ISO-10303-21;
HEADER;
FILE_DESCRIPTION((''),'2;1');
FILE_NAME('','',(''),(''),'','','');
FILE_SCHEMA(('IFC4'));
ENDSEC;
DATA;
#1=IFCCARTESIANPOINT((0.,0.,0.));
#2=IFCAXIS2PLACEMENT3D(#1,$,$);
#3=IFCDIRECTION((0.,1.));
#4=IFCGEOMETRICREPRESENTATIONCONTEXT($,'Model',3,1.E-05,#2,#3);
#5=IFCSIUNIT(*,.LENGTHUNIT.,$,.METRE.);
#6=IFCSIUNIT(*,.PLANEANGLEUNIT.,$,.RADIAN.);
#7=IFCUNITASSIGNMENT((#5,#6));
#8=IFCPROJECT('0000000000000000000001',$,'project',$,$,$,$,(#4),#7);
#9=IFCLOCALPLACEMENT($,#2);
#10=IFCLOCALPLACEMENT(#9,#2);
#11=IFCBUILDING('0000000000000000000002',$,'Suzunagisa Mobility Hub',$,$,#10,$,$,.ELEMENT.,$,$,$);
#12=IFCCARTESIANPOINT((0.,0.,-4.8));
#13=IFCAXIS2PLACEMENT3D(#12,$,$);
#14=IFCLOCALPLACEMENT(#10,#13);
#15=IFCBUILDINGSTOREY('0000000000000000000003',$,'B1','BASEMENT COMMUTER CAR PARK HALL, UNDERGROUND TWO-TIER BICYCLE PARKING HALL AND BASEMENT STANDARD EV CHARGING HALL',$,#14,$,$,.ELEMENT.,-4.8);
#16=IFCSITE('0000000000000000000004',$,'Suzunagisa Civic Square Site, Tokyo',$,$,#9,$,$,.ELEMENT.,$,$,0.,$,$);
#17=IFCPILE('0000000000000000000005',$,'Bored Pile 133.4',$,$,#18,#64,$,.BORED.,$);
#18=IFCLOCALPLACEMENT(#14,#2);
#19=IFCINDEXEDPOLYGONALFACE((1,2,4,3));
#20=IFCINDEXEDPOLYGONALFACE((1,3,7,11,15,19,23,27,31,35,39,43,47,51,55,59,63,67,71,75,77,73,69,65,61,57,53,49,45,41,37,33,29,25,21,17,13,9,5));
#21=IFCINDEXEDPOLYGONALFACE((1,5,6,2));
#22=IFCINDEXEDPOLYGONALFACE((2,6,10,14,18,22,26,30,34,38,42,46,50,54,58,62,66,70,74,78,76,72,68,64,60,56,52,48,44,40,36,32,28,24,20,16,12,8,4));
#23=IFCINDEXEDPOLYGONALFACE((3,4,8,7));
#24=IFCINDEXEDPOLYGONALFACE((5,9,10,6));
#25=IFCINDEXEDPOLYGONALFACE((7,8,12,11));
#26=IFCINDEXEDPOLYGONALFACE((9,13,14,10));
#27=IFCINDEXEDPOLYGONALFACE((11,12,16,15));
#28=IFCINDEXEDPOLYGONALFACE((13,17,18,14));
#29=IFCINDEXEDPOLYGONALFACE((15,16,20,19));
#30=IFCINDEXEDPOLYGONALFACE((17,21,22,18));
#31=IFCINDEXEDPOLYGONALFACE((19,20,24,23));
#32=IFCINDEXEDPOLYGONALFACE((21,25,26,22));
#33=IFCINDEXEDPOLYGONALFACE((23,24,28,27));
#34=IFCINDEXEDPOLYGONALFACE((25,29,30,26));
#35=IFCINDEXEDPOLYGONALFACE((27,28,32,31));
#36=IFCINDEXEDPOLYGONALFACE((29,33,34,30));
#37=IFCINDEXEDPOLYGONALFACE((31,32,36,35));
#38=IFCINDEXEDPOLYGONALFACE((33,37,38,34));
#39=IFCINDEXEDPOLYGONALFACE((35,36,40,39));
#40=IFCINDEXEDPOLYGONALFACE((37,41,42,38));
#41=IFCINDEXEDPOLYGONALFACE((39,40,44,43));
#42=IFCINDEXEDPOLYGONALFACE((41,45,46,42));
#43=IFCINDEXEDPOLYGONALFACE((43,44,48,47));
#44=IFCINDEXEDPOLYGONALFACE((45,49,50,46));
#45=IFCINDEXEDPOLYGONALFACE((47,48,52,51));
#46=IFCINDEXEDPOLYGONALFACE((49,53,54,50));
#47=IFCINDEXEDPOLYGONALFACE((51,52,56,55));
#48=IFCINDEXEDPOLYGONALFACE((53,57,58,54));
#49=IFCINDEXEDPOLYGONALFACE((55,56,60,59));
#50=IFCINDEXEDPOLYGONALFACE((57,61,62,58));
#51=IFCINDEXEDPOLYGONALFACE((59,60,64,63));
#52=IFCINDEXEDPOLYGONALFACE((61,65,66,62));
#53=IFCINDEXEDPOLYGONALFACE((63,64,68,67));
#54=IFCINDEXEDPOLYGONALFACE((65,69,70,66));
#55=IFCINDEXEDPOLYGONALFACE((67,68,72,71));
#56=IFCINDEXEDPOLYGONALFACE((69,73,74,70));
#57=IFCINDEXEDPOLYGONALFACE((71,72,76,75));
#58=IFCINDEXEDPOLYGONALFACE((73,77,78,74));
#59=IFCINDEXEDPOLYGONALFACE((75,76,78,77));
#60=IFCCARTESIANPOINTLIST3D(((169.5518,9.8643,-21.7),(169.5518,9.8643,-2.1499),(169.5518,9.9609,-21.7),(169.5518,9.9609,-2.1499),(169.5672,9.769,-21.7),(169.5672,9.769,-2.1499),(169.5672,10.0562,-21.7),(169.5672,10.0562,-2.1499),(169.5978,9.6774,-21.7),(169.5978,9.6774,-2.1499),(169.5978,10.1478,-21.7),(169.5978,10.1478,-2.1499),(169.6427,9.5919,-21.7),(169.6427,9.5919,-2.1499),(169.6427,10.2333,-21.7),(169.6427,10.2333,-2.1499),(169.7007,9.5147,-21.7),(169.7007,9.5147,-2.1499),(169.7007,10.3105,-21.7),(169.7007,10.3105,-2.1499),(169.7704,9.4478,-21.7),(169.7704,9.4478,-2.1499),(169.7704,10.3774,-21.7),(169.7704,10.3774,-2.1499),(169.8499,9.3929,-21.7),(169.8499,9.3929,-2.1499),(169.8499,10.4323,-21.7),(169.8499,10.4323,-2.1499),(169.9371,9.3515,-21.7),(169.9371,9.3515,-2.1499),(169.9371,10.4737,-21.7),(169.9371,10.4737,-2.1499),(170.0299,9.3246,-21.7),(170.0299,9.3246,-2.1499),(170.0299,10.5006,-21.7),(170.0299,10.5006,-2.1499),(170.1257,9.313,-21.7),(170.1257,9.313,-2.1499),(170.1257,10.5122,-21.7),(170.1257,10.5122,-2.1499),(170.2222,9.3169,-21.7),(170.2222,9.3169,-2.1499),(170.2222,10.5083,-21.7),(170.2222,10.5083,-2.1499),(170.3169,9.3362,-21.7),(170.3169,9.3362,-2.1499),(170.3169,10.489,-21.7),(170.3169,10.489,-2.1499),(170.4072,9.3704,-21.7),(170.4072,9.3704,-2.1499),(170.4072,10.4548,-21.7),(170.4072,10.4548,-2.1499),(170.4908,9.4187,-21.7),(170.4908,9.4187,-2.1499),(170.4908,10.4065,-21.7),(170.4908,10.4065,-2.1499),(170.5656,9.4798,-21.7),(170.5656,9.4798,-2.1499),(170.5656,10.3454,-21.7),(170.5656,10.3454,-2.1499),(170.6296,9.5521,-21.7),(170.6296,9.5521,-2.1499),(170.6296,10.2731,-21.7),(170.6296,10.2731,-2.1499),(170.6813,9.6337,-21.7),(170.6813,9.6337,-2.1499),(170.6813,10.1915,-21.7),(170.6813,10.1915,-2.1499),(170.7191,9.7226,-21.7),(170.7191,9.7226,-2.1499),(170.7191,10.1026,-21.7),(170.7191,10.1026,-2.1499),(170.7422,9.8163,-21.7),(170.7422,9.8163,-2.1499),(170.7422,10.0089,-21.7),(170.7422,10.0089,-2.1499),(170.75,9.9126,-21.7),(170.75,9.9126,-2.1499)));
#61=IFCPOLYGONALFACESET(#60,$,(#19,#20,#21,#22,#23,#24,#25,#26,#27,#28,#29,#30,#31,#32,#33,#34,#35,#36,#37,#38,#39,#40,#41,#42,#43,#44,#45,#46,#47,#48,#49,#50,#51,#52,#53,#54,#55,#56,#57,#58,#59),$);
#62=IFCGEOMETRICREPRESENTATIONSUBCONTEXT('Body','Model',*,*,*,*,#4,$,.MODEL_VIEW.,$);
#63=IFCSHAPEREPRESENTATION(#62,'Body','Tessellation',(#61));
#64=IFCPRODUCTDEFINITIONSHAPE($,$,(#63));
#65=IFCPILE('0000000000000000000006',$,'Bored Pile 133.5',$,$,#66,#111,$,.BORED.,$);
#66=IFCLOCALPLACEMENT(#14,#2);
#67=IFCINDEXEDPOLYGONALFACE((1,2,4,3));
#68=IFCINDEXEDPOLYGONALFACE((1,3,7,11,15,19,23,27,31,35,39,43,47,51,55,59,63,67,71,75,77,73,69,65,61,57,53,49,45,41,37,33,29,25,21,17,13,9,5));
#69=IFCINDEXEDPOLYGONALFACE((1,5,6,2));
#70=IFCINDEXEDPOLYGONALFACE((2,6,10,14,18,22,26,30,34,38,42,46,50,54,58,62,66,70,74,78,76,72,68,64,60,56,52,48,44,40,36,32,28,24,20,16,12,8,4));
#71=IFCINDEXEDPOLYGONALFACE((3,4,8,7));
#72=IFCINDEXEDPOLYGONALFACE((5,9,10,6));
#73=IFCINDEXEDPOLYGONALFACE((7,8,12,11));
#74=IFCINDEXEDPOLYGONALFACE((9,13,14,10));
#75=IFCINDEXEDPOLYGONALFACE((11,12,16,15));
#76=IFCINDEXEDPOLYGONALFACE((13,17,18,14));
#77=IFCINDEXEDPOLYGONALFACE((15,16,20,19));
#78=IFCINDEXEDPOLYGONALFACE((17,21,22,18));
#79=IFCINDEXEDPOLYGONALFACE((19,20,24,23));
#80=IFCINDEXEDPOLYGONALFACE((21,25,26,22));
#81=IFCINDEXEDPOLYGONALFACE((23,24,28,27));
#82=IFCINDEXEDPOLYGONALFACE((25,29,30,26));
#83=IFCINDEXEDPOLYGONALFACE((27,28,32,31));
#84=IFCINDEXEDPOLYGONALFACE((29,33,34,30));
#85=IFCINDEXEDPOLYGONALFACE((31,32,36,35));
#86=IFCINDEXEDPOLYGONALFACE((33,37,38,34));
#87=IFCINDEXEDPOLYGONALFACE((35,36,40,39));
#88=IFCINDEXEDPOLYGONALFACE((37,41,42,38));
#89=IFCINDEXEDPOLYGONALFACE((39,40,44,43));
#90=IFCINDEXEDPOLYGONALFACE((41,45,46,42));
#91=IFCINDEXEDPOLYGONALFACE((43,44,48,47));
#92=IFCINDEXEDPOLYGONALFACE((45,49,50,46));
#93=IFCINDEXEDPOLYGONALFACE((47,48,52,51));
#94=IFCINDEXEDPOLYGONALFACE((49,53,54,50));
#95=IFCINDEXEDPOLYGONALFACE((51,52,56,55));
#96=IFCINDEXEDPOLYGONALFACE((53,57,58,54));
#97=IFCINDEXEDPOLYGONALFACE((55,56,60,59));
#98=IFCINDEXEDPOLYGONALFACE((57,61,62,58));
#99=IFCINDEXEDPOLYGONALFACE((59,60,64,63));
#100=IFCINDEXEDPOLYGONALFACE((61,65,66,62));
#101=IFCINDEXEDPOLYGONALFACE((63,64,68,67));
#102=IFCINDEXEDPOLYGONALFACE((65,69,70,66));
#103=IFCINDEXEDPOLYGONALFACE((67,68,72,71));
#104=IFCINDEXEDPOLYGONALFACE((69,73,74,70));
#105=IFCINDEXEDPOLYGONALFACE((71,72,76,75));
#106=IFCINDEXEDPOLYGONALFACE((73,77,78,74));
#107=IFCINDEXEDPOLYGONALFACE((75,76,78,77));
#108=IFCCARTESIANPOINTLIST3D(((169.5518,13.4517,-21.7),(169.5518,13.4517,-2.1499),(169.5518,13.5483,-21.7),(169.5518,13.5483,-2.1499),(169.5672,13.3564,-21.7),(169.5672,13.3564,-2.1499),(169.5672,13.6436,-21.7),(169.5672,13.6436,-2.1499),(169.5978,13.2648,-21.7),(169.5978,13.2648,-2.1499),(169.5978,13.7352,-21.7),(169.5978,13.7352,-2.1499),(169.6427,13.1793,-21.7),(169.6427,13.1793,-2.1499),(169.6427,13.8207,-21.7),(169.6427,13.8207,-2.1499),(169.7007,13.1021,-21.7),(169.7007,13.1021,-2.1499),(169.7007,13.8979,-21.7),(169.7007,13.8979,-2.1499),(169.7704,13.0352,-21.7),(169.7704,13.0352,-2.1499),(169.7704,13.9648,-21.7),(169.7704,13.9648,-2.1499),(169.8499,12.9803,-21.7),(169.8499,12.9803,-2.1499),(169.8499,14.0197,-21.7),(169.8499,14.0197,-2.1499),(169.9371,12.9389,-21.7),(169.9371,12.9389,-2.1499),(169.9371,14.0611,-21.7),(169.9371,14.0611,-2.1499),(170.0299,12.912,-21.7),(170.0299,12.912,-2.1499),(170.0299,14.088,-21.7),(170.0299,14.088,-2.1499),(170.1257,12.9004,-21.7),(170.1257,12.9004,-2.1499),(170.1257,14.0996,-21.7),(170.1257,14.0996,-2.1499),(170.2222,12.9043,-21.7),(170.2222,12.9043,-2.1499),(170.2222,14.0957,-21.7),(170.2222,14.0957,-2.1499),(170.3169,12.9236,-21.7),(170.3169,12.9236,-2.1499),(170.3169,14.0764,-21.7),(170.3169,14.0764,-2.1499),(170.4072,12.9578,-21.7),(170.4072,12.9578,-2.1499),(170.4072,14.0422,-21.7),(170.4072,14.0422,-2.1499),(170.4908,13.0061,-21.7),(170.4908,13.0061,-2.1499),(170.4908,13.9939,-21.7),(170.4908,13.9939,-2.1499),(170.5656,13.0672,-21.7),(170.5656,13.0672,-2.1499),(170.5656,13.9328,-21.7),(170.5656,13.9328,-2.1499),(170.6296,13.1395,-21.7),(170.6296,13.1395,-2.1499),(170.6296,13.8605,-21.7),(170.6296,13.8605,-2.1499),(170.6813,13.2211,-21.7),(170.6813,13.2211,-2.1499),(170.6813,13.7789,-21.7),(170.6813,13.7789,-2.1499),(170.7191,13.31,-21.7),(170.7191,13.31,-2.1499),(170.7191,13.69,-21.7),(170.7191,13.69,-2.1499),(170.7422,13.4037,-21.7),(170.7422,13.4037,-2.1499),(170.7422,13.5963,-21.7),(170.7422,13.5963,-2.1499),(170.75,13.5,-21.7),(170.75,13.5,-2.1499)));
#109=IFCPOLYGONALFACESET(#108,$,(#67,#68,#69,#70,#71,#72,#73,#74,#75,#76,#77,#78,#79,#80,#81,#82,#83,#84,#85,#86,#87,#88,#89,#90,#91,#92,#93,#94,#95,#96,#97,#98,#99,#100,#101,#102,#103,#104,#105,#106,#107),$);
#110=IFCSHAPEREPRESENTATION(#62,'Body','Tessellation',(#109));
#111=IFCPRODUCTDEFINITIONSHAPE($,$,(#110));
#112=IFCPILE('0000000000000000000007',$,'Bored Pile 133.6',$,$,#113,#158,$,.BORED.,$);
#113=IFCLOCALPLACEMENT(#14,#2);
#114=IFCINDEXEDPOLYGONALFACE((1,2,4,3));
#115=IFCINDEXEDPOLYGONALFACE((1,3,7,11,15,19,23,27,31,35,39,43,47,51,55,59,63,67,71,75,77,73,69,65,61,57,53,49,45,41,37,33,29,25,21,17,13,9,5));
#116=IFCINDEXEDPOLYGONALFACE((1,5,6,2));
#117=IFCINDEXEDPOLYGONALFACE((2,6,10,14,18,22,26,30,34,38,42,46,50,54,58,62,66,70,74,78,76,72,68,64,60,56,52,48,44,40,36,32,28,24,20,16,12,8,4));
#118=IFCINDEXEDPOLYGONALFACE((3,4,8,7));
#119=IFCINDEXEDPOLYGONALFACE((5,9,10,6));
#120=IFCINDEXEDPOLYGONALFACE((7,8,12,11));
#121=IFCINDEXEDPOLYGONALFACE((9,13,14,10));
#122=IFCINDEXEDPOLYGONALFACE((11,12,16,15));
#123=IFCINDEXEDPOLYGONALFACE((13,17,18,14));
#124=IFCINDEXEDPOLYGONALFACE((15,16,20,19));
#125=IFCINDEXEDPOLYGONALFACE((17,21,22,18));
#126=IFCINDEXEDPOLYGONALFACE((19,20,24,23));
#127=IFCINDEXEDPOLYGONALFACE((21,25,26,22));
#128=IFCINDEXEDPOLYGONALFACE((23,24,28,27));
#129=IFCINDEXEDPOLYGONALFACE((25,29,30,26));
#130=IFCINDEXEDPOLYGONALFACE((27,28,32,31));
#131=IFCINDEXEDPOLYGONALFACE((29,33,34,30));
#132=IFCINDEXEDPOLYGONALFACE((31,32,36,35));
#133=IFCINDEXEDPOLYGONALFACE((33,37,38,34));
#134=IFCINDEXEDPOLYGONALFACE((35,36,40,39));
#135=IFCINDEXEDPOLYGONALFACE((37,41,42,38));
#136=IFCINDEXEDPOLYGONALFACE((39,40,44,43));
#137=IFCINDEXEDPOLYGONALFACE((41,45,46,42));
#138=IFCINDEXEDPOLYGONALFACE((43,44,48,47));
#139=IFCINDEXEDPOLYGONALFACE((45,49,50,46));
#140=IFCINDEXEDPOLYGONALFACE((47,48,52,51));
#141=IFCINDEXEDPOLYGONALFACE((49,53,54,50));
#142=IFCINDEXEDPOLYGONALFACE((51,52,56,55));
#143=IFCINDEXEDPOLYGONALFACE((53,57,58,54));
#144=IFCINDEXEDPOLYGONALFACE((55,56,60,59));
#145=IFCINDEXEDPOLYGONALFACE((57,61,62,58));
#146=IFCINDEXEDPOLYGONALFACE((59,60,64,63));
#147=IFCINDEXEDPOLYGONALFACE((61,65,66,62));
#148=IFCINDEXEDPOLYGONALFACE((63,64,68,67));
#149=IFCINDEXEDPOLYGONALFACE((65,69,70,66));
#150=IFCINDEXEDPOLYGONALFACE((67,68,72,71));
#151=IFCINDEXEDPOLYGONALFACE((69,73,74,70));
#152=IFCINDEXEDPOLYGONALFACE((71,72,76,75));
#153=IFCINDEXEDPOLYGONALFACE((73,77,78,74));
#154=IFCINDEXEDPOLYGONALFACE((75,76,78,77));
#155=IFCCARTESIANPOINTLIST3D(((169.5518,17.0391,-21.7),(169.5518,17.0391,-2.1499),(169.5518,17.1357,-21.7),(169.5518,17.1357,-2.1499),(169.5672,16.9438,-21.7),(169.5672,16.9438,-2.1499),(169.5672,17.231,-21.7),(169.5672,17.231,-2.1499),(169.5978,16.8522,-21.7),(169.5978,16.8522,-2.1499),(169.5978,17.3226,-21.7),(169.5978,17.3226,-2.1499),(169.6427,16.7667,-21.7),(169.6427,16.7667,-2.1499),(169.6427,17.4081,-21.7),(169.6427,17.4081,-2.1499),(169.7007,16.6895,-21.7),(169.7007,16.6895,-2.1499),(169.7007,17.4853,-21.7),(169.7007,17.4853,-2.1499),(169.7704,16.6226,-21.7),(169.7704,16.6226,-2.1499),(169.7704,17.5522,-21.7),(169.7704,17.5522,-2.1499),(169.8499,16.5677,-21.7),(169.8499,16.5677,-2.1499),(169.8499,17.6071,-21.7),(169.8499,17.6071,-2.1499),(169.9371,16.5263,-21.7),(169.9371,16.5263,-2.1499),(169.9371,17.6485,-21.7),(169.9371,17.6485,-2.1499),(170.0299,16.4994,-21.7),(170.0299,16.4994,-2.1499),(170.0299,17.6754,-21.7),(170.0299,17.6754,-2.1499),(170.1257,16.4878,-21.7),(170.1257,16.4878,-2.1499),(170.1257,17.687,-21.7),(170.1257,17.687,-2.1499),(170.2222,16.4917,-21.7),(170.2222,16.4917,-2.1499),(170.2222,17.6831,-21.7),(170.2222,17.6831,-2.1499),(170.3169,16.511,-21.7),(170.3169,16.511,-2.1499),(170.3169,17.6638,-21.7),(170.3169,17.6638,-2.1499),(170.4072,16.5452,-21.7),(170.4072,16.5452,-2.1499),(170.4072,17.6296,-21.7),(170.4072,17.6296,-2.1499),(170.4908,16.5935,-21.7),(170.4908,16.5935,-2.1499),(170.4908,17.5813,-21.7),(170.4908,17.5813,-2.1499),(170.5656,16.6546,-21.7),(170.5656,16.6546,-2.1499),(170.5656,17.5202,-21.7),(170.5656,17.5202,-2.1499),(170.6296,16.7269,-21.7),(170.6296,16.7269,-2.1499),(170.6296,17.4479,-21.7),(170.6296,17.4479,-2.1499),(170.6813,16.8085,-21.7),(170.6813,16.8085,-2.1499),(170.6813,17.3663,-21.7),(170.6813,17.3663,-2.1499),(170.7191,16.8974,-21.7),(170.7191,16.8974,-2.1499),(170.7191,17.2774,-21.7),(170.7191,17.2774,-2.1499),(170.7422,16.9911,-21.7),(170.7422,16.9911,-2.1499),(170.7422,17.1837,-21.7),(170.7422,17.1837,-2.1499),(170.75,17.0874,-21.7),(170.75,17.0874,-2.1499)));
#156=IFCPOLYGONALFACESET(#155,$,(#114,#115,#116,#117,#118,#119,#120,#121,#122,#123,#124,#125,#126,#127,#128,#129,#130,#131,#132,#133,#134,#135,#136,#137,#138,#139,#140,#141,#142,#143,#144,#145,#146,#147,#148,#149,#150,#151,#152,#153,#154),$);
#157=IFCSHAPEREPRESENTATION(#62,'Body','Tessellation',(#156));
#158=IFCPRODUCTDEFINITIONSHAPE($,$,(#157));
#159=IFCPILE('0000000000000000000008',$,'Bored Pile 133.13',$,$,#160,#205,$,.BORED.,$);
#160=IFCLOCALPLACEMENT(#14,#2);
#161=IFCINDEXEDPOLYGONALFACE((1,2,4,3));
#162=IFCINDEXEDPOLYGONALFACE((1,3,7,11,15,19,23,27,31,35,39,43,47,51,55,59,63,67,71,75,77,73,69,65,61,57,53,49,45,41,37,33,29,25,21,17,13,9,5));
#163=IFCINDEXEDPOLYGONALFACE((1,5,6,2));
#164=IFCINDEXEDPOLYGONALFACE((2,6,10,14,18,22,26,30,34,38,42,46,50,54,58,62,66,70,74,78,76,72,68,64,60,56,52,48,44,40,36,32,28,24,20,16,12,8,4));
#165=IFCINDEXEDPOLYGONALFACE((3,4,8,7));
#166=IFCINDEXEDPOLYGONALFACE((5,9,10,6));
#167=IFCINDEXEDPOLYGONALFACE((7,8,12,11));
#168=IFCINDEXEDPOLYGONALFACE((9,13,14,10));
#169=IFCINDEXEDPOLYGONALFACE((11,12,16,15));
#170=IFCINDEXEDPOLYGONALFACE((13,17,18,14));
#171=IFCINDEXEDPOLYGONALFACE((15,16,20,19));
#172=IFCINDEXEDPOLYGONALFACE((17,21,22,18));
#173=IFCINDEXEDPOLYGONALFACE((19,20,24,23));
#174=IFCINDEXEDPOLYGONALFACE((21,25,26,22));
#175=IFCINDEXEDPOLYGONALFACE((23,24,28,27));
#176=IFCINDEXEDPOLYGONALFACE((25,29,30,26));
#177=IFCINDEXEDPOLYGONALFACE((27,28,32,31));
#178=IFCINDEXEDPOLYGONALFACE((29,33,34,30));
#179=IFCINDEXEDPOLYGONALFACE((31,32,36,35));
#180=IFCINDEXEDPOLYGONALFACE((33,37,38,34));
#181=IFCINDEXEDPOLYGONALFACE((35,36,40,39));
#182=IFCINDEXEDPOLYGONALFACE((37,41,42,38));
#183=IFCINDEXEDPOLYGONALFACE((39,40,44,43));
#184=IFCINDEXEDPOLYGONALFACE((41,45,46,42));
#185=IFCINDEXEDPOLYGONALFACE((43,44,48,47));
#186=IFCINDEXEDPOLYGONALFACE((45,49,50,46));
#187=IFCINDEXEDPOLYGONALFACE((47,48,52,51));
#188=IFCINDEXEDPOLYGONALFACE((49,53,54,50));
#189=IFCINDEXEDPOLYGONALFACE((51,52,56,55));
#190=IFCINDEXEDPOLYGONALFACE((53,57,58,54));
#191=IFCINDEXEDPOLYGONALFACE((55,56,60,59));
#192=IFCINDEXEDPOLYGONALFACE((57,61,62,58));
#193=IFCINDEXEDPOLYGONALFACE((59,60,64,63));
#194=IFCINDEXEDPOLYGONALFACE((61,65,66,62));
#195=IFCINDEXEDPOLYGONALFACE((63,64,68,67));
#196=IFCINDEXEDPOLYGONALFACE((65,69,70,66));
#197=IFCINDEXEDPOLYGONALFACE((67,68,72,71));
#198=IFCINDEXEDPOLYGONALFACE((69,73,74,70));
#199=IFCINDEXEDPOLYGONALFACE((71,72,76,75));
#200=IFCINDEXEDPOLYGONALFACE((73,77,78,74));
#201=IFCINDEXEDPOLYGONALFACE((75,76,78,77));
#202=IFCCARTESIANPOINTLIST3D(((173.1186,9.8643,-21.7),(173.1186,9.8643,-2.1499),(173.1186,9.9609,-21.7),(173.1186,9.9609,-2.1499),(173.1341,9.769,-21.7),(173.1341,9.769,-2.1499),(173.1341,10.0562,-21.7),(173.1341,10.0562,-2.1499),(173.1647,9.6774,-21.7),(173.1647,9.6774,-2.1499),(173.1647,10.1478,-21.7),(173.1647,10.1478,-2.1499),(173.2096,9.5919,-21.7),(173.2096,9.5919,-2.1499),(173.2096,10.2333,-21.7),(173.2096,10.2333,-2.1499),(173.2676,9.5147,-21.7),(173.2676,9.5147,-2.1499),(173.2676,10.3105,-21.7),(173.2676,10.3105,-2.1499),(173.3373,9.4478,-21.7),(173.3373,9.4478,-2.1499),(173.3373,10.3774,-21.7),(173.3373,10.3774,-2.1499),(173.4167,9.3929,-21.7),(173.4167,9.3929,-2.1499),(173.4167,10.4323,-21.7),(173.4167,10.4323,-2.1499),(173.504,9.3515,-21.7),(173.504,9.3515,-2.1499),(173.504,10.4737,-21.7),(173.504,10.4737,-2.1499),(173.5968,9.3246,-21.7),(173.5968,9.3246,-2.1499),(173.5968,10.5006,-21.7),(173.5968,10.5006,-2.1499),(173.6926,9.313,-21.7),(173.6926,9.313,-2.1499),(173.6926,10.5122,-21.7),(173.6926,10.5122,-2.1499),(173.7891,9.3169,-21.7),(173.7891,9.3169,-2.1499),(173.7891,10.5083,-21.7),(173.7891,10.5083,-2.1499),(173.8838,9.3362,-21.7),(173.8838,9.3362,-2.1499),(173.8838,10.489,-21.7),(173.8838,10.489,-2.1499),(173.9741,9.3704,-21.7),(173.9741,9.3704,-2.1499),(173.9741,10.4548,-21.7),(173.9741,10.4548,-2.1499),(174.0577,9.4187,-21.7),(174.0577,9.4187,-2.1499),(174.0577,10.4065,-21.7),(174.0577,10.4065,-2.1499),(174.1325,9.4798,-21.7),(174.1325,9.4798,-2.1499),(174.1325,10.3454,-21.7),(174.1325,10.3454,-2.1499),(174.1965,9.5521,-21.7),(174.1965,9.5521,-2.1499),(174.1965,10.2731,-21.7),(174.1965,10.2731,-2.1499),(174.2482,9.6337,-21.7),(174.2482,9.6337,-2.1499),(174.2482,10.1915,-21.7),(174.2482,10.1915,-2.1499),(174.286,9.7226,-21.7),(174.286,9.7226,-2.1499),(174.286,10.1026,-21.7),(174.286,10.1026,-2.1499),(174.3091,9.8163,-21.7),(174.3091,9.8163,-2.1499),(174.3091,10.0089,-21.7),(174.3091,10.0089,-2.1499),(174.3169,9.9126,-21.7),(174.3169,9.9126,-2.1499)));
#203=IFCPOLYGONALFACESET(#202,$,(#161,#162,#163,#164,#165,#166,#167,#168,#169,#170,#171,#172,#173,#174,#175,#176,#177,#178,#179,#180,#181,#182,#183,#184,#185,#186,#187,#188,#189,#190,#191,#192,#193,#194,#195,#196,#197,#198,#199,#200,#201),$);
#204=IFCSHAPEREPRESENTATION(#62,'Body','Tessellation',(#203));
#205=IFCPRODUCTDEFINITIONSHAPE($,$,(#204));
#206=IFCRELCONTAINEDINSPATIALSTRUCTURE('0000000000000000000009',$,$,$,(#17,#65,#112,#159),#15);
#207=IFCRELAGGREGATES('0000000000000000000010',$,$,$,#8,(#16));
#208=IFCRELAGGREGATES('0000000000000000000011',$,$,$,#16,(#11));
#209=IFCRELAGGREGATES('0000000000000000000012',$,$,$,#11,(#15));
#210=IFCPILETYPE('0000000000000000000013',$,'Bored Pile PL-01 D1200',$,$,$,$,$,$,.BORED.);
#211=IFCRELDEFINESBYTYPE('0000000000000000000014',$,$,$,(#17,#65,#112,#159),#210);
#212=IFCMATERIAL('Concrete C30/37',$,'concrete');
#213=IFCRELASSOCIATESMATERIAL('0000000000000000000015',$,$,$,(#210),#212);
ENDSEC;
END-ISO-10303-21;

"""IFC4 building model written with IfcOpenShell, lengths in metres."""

from ifc_helpers import new_model, si_unit, direction, frame, origin, origin_2d, place, context, subcontext, project, spatial, circle, extrude, material, material_profile, profile_set, type_object, element, save


model = new_model("IFC4")

# Units and contexts
model_context = context("Model", 3, precision=1e-05, world=origin(), true_north=direction((0.0, 1.0)))
body_context = subcontext(model_context, "Body", "Model", "MODEL_VIEW")
ifc_project = project(units=[si_unit("LENGTHUNIT", "METRE"), si_unit("PLANEANGLEUNIT", "RADIAN")], contexts=[model_context])

# Site, building, storey
site_placement = place(None, origin())
site = spatial("IfcSite", under=ifc_project, at=site_placement, Name="Suzunagisa Civic Square Site, Tokyo", CompositionType="ELEMENT", RefElevation=0.0)
building_placement = place(site_placement, origin())
building = spatial("IfcBuilding", under=site, at=building_placement, Name="Suzunagisa Mobility Hub", CompositionType="ELEMENT")
storey_placement = place(building_placement, frame((0.0, 0.0, -4.8)))
storey = spatial("IfcBuildingStorey", under=building, at=storey_placement, Name="B1", Description="BASEMENT COMMUTER CAR PARK HALL, UNDERGROUND TWO-TIER BICYCLE PARKING HALL AND BASEMENT STANDARD EV CHARGING HALL", CompositionType="ELEMENT", Elevation=-4.8)

# Piles
ifc_material_1 = material(Name="Concrete C30/37", Category="concrete")
ifc_material_profile_1 = material_profile(ifc_material_1, circle(Radius=0.6001, at=origin_2d()), Name="BORED PILE D1200")
ifc_profile_set_1 = profile_set([ifc_material_profile_1], Name="Concrete C30/37")
pile_type = type_object("IfcPileType", Name="Bored Pile PL-01 D1200", PredefinedType="BORED", material=ifc_profile_set_1)
for number, where, z_axis, x_axis, name in (
    (1, (170.1499, 9.9126, -2.1499), (0.0, 0.0, -1.0), (1.0, 0.0, 0.0), "Bored Pile 133.4"),
    (2, (170.1499, 13.5, -2.1499), (0.0, 0.0, -1.0), (1.0, 0.0, 0.0), "Bored Pile 133.5"),
    (3, (170.1499, 17.0874, -2.1499), (0.0, 0.0, -1.0), (1.0, 0.0, 0.0), "Bored Pile 133.6"),
    (4, (173.7168, 9.9126, -2.1499), (0.0, 0.0, -1.0), (1.0, 0.0, 0.0), "Bored Pile 133.13"),
):
    element("IfcPile", number, at=place(storey_placement, frame(where, z_axis=z_axis, x_axis=x_axis)), inside=storey, type_object=pile_type, Name=name, PredefinedType="BORED", context=body_context, shape_type="SweptSolid", body=[
        extrude(circle(Radius=0.6001, at=origin_2d()), origin(), (0.0, 0.0, 1.0), 19.55),
    ])

save(model, "model.ifc")
